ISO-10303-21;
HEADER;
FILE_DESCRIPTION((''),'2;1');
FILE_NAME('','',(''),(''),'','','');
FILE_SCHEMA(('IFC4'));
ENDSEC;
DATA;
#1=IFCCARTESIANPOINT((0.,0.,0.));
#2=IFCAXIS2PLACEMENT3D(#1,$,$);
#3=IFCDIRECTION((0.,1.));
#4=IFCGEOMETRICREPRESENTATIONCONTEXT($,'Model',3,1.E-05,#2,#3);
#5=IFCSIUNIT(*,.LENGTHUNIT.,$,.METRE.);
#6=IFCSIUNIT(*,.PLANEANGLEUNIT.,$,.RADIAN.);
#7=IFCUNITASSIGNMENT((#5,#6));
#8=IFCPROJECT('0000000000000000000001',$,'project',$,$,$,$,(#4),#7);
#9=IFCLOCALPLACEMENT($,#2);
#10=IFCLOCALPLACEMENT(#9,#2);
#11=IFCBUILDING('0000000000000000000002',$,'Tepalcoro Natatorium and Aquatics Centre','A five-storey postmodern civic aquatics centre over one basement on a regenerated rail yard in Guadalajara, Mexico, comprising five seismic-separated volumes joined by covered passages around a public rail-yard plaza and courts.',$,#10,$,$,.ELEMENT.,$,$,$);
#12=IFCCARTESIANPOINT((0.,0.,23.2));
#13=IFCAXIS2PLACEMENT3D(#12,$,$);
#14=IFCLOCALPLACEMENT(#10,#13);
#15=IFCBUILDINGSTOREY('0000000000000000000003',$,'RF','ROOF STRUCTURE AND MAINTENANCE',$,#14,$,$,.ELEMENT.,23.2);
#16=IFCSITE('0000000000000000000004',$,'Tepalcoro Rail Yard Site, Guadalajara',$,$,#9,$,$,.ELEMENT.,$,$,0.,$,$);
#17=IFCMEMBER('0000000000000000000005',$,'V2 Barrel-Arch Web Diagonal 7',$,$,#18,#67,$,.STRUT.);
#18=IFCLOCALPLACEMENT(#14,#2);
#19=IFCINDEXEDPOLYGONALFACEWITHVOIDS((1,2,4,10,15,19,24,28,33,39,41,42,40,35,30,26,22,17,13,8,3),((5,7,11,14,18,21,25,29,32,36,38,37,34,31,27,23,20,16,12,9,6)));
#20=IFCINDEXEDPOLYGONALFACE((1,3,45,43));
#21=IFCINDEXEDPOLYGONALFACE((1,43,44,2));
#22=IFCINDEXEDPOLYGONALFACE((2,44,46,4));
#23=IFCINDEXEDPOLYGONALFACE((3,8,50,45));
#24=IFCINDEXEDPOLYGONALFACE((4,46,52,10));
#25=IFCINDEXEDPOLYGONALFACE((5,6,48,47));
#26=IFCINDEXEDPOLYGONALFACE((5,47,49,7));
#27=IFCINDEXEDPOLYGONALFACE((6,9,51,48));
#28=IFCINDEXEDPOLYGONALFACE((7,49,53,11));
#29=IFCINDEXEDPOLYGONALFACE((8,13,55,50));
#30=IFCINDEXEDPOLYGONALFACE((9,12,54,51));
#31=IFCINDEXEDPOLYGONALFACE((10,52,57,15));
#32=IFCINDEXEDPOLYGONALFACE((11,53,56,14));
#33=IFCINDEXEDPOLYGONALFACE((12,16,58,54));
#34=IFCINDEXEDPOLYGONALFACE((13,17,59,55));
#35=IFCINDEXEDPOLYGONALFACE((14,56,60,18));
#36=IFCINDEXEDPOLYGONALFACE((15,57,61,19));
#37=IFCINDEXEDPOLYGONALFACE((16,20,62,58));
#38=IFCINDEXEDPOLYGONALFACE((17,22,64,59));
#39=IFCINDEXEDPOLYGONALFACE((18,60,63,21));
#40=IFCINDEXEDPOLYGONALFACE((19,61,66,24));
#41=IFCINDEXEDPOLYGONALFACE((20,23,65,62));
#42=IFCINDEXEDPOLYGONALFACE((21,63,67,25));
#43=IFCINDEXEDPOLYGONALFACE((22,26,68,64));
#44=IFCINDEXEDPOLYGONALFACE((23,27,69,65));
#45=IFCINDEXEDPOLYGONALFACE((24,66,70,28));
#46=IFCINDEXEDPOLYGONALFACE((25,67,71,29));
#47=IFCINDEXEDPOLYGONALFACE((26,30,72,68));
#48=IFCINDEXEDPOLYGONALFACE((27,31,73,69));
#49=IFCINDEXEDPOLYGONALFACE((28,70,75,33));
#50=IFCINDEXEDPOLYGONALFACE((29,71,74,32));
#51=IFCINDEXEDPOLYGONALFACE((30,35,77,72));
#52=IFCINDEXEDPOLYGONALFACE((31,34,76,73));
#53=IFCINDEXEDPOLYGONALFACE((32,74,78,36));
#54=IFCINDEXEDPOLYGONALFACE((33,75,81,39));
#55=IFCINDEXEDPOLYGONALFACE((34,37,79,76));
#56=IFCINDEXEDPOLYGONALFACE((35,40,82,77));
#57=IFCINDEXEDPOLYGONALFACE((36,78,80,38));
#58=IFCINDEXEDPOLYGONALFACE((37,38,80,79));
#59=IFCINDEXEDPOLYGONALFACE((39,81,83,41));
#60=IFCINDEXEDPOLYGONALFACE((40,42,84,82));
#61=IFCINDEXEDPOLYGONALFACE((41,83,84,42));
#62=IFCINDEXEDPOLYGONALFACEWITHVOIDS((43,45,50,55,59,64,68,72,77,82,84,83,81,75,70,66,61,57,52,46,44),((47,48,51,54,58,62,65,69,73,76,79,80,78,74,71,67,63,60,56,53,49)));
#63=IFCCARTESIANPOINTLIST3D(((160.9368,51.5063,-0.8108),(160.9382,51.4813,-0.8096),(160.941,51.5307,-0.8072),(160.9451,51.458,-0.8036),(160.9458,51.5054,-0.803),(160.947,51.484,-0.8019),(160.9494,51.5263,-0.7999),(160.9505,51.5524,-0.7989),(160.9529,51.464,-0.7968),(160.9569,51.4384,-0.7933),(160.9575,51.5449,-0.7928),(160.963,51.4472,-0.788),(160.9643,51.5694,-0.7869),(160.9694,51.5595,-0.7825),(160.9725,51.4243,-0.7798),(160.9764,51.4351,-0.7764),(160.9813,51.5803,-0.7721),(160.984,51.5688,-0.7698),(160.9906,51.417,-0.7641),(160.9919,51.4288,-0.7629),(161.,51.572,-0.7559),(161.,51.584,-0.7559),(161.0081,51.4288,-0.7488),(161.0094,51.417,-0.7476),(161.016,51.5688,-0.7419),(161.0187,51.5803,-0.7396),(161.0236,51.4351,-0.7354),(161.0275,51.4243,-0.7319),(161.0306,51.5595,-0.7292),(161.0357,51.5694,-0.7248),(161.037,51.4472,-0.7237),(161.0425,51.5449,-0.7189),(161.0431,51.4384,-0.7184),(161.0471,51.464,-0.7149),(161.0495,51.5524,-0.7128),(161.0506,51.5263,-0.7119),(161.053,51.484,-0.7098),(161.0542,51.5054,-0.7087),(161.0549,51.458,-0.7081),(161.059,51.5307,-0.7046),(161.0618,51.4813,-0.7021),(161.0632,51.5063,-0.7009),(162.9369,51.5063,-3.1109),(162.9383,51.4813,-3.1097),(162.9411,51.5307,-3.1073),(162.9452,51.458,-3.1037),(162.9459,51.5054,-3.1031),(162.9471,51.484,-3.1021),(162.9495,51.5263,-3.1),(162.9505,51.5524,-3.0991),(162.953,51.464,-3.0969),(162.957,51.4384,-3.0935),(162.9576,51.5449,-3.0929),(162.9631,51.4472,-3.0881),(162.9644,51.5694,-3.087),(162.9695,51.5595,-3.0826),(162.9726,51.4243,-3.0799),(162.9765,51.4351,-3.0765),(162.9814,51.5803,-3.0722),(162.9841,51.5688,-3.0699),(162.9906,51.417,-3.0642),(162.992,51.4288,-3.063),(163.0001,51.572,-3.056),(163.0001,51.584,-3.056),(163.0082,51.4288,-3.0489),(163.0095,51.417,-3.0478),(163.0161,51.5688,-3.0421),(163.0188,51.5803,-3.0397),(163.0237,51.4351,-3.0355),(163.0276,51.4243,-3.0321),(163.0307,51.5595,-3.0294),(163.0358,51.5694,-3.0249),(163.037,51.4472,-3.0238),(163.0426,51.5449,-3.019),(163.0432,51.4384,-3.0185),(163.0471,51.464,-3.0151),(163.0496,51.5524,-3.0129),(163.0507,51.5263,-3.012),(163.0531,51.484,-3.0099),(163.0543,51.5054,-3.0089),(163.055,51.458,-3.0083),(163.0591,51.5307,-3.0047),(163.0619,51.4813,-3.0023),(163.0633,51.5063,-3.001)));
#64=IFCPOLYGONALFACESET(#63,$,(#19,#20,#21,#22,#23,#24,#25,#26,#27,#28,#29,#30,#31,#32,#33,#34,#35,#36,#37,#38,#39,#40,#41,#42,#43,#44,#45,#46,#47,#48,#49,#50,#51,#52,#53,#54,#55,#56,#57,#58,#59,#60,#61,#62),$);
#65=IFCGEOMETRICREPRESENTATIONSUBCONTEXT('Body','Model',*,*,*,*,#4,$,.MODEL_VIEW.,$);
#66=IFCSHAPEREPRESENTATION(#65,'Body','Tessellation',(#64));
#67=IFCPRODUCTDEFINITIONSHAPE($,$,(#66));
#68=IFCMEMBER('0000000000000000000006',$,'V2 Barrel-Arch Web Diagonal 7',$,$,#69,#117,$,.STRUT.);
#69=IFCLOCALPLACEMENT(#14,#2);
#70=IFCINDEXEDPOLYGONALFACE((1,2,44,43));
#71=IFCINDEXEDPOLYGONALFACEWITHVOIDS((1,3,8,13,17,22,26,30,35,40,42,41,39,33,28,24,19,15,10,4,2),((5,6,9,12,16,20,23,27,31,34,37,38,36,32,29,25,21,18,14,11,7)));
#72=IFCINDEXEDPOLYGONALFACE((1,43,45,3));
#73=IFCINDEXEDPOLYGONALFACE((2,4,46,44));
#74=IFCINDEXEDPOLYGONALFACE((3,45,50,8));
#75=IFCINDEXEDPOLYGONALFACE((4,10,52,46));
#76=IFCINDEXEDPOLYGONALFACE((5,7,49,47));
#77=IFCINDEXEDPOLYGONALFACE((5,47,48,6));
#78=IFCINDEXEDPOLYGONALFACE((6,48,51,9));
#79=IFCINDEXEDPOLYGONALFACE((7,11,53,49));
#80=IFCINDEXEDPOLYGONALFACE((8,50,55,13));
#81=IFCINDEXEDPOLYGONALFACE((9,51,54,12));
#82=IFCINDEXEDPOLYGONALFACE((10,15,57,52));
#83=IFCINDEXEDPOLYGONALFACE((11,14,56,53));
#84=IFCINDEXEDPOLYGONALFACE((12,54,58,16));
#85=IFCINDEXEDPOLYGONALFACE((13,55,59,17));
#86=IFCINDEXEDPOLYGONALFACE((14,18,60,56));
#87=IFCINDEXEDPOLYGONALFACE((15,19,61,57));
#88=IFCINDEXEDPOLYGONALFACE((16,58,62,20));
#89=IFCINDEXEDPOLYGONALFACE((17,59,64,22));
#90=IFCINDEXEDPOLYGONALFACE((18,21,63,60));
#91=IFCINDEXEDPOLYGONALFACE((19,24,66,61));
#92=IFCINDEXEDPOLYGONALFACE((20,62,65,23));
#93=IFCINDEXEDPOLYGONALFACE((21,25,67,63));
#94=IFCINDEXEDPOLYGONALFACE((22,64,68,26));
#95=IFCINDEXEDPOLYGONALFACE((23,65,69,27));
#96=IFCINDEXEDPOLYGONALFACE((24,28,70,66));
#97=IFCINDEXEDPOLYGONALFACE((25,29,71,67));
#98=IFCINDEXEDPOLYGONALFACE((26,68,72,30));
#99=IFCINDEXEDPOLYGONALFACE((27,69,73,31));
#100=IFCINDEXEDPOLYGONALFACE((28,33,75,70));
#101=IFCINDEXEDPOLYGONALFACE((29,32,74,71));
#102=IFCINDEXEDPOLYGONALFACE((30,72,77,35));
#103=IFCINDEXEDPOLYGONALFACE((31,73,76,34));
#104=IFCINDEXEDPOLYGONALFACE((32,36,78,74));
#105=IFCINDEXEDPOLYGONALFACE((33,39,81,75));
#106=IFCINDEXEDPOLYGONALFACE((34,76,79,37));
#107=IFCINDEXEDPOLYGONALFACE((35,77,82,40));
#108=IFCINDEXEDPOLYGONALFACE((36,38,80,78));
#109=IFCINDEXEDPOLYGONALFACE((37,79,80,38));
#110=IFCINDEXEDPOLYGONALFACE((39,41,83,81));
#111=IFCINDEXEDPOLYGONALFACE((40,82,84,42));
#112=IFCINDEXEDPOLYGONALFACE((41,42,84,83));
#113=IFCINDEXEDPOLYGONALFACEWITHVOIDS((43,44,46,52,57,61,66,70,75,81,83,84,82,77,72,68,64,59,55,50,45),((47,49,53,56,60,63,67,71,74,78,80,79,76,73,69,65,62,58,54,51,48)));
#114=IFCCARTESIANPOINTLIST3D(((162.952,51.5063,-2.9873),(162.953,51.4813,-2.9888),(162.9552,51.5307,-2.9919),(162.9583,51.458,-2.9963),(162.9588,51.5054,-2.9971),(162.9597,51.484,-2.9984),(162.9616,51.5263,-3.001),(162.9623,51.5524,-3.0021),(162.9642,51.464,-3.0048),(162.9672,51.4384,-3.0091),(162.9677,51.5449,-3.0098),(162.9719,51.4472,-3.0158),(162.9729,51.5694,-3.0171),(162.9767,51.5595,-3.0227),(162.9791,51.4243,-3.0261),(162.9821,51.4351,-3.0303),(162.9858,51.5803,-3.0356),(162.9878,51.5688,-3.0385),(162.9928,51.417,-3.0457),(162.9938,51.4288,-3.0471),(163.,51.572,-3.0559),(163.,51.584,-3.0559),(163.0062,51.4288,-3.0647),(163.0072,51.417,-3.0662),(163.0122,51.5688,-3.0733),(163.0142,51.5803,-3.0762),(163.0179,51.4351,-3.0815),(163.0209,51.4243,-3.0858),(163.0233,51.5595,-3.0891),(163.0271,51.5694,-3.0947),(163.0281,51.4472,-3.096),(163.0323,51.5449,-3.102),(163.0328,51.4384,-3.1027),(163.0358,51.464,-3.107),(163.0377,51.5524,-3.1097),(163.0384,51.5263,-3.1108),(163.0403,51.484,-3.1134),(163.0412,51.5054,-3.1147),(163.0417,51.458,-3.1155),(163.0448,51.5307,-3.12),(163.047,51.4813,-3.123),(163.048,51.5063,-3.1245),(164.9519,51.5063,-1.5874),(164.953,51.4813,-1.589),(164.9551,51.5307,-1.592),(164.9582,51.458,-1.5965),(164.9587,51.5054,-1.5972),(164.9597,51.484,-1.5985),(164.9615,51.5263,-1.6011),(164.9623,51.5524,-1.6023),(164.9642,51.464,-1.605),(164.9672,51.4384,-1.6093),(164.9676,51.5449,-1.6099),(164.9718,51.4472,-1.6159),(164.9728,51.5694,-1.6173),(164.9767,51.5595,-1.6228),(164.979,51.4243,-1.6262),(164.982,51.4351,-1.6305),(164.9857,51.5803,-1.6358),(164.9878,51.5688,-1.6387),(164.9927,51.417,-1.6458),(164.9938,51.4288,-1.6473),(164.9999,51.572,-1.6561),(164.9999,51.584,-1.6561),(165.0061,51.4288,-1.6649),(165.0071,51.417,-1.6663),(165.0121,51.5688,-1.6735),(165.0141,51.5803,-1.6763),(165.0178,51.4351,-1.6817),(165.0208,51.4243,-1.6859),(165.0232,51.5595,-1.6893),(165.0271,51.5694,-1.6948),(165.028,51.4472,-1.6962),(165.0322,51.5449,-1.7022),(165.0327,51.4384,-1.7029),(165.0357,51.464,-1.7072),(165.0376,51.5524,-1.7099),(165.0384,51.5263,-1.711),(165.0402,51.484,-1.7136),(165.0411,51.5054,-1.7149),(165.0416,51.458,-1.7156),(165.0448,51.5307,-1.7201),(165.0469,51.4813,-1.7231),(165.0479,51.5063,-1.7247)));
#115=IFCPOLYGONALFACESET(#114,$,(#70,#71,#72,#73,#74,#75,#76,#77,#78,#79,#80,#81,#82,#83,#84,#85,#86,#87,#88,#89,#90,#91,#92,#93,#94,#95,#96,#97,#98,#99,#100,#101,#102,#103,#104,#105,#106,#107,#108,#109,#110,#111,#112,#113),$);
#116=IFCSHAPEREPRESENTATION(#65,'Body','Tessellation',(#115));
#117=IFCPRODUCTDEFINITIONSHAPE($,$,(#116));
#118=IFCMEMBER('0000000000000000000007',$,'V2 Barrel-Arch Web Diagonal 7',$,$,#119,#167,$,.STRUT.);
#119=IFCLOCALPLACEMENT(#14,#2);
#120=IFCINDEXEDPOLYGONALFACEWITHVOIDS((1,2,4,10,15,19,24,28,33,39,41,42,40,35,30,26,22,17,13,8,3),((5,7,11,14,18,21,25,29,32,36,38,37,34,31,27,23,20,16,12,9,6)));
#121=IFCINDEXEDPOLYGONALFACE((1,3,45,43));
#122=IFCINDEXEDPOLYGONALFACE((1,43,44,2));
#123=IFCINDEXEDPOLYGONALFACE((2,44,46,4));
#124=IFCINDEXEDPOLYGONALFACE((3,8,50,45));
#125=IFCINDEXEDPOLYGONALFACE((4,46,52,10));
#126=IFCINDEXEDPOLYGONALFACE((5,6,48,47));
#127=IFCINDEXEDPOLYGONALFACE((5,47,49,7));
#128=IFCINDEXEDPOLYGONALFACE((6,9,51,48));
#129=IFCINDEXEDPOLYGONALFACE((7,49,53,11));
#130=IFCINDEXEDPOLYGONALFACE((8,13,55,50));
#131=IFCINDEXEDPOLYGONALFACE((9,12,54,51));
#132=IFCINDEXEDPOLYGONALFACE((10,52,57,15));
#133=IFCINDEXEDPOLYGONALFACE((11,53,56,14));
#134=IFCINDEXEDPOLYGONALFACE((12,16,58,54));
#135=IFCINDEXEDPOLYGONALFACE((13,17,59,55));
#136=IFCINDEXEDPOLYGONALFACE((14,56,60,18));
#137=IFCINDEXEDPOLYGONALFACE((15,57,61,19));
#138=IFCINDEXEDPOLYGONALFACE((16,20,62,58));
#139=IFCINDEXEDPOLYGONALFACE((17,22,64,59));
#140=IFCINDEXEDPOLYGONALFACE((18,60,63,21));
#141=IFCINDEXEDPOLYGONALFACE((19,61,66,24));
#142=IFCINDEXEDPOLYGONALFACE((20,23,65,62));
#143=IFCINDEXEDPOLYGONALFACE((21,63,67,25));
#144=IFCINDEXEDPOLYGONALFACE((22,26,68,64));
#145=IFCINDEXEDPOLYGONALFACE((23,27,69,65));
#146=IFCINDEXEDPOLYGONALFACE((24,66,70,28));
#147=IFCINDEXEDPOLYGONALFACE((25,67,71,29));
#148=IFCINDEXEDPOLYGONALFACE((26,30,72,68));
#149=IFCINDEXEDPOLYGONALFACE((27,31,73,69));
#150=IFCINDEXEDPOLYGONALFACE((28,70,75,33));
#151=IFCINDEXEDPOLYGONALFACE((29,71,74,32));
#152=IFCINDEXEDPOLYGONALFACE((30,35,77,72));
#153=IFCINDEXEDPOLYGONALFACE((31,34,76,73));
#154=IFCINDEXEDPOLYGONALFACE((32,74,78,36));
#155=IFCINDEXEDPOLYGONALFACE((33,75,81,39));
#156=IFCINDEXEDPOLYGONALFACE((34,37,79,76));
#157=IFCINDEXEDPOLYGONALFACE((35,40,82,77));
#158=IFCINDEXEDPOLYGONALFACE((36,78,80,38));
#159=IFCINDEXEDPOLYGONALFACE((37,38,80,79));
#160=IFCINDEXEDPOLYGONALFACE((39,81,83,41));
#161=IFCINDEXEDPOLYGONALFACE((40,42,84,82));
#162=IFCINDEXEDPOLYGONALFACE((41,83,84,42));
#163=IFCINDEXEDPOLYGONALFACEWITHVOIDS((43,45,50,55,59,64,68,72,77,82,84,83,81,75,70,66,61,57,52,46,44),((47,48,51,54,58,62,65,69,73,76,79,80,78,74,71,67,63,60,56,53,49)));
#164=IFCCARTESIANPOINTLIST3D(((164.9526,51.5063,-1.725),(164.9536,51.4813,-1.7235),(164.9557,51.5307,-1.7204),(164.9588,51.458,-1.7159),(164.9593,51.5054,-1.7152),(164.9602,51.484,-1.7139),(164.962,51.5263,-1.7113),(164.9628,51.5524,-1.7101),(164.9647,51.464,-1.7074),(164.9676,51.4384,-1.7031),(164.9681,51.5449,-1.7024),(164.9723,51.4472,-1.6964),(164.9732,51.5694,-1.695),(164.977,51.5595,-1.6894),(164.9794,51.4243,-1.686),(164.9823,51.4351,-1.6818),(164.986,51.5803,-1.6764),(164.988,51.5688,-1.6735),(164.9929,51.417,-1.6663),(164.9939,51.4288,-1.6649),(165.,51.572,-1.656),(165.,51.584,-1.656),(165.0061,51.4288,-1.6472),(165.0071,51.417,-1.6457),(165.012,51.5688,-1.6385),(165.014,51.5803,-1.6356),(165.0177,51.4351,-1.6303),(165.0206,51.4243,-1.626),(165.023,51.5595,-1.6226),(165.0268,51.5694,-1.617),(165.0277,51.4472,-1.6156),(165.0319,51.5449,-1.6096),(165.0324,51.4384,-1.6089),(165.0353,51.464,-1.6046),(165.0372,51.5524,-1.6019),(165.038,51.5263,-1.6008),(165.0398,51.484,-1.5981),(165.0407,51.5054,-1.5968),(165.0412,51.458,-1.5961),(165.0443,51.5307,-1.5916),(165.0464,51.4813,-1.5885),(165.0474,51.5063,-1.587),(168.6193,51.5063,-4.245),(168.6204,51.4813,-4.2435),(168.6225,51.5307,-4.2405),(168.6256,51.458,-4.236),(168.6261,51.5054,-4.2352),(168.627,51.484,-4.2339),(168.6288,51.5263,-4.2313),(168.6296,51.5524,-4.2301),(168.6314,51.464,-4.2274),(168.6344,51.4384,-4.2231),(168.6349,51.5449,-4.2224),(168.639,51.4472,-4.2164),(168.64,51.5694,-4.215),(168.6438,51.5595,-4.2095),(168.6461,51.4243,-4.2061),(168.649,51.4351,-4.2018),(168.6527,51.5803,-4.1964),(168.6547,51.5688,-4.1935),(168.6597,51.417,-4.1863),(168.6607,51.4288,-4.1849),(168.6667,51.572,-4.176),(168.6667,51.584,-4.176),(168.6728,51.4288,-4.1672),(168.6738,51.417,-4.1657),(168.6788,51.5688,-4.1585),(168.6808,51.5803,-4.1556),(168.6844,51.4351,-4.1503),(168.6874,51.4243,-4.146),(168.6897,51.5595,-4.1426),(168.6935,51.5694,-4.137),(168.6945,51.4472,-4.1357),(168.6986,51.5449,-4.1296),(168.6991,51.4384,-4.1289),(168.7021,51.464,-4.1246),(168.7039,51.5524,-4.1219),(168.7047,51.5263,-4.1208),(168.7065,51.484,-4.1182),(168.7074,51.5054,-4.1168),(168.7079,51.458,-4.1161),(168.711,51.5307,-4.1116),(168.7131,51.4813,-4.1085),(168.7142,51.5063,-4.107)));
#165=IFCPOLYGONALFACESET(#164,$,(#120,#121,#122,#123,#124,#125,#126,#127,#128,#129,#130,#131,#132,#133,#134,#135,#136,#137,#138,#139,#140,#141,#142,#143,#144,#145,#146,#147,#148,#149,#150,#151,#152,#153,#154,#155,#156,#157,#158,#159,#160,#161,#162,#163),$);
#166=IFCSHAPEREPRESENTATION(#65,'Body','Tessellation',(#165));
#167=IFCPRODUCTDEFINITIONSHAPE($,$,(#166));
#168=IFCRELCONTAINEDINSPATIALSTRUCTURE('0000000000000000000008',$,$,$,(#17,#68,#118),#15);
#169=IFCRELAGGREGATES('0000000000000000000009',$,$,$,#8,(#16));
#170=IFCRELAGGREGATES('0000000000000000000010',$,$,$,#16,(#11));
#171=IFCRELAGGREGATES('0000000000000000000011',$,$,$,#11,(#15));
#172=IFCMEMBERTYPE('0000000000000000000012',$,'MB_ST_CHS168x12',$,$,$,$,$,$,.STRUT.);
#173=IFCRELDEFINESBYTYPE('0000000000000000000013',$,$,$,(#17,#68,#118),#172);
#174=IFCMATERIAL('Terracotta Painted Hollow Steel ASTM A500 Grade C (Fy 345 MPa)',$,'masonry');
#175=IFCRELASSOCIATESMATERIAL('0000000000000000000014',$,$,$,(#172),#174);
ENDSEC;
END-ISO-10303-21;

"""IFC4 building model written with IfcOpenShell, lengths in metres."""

from ifc_helpers import new_model, si_unit, direction, frame, origin, origin_2d, place, context, subcontext, project, spatial, hollow_circle, extrude, material, material_profile, profile_set, type_object, element, save


model = new_model("IFC4")

# Units and contexts
model_context = context("Model", 3, precision=1e-05, world=origin(), true_north=direction((0.0, 1.0)))
body_context = subcontext(model_context, "Body", "Model", "MODEL_VIEW")
ifc_project = project(units=[si_unit("LENGTHUNIT", "METRE"), si_unit("PLANEANGLEUNIT", "RADIAN")], contexts=[model_context])

# Site, building, storey
site_placement = place(None, origin())
site = spatial("IfcSite", under=ifc_project, at=site_placement, Name="Tepalcoro Rail Yard Site, Guadalajara", CompositionType="ELEMENT", RefElevation=0.0)
building_placement = place(site_placement, origin())
building = spatial("IfcBuilding", under=site, at=building_placement, Name="Tepalcoro Natatorium and Aquatics Centre", Description="A five-storey postmodern civic aquatics centre over one basement on a regenerated rail yard in Guadalajara, Mexico, comprising five seismic-separated volumes joined by covered passages around a public rail-yard plaza and courts.", CompositionType="ELEMENT")
storey_placement = place(building_placement, frame((0.0, 0.0, 23.2)))
storey = spatial("IfcBuildingStorey", under=building, at=storey_placement, Name="RF", Description="ROOF STRUCTURE AND MAINTENANCE", CompositionType="ELEMENT", Elevation=23.2)

# Shared definitions
ifc_material_1 = material(Name="Terracotta Painted Hollow Steel ASTM A500 Grade C (Fy 345 MPa)", Category="masonry")

# Members
ifc_material_profile_1 = material_profile(ifc_material_1, hollow_circle(Radius=0.084, WallThickness=0.012, at=origin_2d()), Name="CHS168X12")
ifc_profile_set_1 = profile_set([ifc_material_profile_1], Name="Terracotta Painted Hollow Steel ASTM A500 Grade C (Fy 345 MPa)")
member_type_1 = type_object("IfcMemberType", Name="MB_ST_CHS168x12", PredefinedType="STRUT", material=ifc_profile_set_1)
member_1_placement = place(storey_placement, frame((161.0, 51.5, -0.7559), z_axis=(0.656171, 0.0, -0.754612), x_axis=(0.0, 1.0, 0.0)))
element("IfcMember", 1, at=member_1_placement, inside=storey, type_object=member_type_1, Name="V2 Barrel-Arch Web Diagonal 7", PredefinedType="STRUT", context=body_context, shape_type="SweptSolid", body=[
    extrude(hollow_circle(Radius=0.084, WallThickness=0.012, at=origin_2d()), origin(), (0.0, 0.0, 1.0), 3.0481),
])
member_2_placement = place(storey_placement, frame((163.0, 51.5, -3.0559), z_axis=(0.819251, 0.0, 0.573435), x_axis=(0.0, 1.0, 0.0)))
element("IfcMember", 2, at=member_2_placement, inside=storey, type_object=member_type_1, Name="V2 Barrel-Arch Web Diagonal 7", PredefinedType="STRUT", context=body_context, shape_type="SweptSolid", body=[
    extrude(hollow_circle(Radius=0.084, WallThickness=0.012, at=origin_2d()), origin(), (0.0, 0.0, 1.0), 2.4412),
])
member_3_placement = place(storey_placement, frame((165.0, 51.5, -1.656), z_axis=(0.824133, 0.0, -0.566396), x_axis=(0.0, 1.0, 0.0)))
element("IfcMember", 3, at=member_3_placement, inside=storey, type_object=member_type_1, Name="V2 Barrel-Arch Web Diagonal 7", PredefinedType="STRUT", context=body_context, shape_type="SweptSolid", body=[
    extrude(hollow_circle(Radius=0.084, WallThickness=0.012, at=origin_2d()), origin(), (0.0, 0.0, 1.0), 4.4492),
])

save(model, "model.ifc")
